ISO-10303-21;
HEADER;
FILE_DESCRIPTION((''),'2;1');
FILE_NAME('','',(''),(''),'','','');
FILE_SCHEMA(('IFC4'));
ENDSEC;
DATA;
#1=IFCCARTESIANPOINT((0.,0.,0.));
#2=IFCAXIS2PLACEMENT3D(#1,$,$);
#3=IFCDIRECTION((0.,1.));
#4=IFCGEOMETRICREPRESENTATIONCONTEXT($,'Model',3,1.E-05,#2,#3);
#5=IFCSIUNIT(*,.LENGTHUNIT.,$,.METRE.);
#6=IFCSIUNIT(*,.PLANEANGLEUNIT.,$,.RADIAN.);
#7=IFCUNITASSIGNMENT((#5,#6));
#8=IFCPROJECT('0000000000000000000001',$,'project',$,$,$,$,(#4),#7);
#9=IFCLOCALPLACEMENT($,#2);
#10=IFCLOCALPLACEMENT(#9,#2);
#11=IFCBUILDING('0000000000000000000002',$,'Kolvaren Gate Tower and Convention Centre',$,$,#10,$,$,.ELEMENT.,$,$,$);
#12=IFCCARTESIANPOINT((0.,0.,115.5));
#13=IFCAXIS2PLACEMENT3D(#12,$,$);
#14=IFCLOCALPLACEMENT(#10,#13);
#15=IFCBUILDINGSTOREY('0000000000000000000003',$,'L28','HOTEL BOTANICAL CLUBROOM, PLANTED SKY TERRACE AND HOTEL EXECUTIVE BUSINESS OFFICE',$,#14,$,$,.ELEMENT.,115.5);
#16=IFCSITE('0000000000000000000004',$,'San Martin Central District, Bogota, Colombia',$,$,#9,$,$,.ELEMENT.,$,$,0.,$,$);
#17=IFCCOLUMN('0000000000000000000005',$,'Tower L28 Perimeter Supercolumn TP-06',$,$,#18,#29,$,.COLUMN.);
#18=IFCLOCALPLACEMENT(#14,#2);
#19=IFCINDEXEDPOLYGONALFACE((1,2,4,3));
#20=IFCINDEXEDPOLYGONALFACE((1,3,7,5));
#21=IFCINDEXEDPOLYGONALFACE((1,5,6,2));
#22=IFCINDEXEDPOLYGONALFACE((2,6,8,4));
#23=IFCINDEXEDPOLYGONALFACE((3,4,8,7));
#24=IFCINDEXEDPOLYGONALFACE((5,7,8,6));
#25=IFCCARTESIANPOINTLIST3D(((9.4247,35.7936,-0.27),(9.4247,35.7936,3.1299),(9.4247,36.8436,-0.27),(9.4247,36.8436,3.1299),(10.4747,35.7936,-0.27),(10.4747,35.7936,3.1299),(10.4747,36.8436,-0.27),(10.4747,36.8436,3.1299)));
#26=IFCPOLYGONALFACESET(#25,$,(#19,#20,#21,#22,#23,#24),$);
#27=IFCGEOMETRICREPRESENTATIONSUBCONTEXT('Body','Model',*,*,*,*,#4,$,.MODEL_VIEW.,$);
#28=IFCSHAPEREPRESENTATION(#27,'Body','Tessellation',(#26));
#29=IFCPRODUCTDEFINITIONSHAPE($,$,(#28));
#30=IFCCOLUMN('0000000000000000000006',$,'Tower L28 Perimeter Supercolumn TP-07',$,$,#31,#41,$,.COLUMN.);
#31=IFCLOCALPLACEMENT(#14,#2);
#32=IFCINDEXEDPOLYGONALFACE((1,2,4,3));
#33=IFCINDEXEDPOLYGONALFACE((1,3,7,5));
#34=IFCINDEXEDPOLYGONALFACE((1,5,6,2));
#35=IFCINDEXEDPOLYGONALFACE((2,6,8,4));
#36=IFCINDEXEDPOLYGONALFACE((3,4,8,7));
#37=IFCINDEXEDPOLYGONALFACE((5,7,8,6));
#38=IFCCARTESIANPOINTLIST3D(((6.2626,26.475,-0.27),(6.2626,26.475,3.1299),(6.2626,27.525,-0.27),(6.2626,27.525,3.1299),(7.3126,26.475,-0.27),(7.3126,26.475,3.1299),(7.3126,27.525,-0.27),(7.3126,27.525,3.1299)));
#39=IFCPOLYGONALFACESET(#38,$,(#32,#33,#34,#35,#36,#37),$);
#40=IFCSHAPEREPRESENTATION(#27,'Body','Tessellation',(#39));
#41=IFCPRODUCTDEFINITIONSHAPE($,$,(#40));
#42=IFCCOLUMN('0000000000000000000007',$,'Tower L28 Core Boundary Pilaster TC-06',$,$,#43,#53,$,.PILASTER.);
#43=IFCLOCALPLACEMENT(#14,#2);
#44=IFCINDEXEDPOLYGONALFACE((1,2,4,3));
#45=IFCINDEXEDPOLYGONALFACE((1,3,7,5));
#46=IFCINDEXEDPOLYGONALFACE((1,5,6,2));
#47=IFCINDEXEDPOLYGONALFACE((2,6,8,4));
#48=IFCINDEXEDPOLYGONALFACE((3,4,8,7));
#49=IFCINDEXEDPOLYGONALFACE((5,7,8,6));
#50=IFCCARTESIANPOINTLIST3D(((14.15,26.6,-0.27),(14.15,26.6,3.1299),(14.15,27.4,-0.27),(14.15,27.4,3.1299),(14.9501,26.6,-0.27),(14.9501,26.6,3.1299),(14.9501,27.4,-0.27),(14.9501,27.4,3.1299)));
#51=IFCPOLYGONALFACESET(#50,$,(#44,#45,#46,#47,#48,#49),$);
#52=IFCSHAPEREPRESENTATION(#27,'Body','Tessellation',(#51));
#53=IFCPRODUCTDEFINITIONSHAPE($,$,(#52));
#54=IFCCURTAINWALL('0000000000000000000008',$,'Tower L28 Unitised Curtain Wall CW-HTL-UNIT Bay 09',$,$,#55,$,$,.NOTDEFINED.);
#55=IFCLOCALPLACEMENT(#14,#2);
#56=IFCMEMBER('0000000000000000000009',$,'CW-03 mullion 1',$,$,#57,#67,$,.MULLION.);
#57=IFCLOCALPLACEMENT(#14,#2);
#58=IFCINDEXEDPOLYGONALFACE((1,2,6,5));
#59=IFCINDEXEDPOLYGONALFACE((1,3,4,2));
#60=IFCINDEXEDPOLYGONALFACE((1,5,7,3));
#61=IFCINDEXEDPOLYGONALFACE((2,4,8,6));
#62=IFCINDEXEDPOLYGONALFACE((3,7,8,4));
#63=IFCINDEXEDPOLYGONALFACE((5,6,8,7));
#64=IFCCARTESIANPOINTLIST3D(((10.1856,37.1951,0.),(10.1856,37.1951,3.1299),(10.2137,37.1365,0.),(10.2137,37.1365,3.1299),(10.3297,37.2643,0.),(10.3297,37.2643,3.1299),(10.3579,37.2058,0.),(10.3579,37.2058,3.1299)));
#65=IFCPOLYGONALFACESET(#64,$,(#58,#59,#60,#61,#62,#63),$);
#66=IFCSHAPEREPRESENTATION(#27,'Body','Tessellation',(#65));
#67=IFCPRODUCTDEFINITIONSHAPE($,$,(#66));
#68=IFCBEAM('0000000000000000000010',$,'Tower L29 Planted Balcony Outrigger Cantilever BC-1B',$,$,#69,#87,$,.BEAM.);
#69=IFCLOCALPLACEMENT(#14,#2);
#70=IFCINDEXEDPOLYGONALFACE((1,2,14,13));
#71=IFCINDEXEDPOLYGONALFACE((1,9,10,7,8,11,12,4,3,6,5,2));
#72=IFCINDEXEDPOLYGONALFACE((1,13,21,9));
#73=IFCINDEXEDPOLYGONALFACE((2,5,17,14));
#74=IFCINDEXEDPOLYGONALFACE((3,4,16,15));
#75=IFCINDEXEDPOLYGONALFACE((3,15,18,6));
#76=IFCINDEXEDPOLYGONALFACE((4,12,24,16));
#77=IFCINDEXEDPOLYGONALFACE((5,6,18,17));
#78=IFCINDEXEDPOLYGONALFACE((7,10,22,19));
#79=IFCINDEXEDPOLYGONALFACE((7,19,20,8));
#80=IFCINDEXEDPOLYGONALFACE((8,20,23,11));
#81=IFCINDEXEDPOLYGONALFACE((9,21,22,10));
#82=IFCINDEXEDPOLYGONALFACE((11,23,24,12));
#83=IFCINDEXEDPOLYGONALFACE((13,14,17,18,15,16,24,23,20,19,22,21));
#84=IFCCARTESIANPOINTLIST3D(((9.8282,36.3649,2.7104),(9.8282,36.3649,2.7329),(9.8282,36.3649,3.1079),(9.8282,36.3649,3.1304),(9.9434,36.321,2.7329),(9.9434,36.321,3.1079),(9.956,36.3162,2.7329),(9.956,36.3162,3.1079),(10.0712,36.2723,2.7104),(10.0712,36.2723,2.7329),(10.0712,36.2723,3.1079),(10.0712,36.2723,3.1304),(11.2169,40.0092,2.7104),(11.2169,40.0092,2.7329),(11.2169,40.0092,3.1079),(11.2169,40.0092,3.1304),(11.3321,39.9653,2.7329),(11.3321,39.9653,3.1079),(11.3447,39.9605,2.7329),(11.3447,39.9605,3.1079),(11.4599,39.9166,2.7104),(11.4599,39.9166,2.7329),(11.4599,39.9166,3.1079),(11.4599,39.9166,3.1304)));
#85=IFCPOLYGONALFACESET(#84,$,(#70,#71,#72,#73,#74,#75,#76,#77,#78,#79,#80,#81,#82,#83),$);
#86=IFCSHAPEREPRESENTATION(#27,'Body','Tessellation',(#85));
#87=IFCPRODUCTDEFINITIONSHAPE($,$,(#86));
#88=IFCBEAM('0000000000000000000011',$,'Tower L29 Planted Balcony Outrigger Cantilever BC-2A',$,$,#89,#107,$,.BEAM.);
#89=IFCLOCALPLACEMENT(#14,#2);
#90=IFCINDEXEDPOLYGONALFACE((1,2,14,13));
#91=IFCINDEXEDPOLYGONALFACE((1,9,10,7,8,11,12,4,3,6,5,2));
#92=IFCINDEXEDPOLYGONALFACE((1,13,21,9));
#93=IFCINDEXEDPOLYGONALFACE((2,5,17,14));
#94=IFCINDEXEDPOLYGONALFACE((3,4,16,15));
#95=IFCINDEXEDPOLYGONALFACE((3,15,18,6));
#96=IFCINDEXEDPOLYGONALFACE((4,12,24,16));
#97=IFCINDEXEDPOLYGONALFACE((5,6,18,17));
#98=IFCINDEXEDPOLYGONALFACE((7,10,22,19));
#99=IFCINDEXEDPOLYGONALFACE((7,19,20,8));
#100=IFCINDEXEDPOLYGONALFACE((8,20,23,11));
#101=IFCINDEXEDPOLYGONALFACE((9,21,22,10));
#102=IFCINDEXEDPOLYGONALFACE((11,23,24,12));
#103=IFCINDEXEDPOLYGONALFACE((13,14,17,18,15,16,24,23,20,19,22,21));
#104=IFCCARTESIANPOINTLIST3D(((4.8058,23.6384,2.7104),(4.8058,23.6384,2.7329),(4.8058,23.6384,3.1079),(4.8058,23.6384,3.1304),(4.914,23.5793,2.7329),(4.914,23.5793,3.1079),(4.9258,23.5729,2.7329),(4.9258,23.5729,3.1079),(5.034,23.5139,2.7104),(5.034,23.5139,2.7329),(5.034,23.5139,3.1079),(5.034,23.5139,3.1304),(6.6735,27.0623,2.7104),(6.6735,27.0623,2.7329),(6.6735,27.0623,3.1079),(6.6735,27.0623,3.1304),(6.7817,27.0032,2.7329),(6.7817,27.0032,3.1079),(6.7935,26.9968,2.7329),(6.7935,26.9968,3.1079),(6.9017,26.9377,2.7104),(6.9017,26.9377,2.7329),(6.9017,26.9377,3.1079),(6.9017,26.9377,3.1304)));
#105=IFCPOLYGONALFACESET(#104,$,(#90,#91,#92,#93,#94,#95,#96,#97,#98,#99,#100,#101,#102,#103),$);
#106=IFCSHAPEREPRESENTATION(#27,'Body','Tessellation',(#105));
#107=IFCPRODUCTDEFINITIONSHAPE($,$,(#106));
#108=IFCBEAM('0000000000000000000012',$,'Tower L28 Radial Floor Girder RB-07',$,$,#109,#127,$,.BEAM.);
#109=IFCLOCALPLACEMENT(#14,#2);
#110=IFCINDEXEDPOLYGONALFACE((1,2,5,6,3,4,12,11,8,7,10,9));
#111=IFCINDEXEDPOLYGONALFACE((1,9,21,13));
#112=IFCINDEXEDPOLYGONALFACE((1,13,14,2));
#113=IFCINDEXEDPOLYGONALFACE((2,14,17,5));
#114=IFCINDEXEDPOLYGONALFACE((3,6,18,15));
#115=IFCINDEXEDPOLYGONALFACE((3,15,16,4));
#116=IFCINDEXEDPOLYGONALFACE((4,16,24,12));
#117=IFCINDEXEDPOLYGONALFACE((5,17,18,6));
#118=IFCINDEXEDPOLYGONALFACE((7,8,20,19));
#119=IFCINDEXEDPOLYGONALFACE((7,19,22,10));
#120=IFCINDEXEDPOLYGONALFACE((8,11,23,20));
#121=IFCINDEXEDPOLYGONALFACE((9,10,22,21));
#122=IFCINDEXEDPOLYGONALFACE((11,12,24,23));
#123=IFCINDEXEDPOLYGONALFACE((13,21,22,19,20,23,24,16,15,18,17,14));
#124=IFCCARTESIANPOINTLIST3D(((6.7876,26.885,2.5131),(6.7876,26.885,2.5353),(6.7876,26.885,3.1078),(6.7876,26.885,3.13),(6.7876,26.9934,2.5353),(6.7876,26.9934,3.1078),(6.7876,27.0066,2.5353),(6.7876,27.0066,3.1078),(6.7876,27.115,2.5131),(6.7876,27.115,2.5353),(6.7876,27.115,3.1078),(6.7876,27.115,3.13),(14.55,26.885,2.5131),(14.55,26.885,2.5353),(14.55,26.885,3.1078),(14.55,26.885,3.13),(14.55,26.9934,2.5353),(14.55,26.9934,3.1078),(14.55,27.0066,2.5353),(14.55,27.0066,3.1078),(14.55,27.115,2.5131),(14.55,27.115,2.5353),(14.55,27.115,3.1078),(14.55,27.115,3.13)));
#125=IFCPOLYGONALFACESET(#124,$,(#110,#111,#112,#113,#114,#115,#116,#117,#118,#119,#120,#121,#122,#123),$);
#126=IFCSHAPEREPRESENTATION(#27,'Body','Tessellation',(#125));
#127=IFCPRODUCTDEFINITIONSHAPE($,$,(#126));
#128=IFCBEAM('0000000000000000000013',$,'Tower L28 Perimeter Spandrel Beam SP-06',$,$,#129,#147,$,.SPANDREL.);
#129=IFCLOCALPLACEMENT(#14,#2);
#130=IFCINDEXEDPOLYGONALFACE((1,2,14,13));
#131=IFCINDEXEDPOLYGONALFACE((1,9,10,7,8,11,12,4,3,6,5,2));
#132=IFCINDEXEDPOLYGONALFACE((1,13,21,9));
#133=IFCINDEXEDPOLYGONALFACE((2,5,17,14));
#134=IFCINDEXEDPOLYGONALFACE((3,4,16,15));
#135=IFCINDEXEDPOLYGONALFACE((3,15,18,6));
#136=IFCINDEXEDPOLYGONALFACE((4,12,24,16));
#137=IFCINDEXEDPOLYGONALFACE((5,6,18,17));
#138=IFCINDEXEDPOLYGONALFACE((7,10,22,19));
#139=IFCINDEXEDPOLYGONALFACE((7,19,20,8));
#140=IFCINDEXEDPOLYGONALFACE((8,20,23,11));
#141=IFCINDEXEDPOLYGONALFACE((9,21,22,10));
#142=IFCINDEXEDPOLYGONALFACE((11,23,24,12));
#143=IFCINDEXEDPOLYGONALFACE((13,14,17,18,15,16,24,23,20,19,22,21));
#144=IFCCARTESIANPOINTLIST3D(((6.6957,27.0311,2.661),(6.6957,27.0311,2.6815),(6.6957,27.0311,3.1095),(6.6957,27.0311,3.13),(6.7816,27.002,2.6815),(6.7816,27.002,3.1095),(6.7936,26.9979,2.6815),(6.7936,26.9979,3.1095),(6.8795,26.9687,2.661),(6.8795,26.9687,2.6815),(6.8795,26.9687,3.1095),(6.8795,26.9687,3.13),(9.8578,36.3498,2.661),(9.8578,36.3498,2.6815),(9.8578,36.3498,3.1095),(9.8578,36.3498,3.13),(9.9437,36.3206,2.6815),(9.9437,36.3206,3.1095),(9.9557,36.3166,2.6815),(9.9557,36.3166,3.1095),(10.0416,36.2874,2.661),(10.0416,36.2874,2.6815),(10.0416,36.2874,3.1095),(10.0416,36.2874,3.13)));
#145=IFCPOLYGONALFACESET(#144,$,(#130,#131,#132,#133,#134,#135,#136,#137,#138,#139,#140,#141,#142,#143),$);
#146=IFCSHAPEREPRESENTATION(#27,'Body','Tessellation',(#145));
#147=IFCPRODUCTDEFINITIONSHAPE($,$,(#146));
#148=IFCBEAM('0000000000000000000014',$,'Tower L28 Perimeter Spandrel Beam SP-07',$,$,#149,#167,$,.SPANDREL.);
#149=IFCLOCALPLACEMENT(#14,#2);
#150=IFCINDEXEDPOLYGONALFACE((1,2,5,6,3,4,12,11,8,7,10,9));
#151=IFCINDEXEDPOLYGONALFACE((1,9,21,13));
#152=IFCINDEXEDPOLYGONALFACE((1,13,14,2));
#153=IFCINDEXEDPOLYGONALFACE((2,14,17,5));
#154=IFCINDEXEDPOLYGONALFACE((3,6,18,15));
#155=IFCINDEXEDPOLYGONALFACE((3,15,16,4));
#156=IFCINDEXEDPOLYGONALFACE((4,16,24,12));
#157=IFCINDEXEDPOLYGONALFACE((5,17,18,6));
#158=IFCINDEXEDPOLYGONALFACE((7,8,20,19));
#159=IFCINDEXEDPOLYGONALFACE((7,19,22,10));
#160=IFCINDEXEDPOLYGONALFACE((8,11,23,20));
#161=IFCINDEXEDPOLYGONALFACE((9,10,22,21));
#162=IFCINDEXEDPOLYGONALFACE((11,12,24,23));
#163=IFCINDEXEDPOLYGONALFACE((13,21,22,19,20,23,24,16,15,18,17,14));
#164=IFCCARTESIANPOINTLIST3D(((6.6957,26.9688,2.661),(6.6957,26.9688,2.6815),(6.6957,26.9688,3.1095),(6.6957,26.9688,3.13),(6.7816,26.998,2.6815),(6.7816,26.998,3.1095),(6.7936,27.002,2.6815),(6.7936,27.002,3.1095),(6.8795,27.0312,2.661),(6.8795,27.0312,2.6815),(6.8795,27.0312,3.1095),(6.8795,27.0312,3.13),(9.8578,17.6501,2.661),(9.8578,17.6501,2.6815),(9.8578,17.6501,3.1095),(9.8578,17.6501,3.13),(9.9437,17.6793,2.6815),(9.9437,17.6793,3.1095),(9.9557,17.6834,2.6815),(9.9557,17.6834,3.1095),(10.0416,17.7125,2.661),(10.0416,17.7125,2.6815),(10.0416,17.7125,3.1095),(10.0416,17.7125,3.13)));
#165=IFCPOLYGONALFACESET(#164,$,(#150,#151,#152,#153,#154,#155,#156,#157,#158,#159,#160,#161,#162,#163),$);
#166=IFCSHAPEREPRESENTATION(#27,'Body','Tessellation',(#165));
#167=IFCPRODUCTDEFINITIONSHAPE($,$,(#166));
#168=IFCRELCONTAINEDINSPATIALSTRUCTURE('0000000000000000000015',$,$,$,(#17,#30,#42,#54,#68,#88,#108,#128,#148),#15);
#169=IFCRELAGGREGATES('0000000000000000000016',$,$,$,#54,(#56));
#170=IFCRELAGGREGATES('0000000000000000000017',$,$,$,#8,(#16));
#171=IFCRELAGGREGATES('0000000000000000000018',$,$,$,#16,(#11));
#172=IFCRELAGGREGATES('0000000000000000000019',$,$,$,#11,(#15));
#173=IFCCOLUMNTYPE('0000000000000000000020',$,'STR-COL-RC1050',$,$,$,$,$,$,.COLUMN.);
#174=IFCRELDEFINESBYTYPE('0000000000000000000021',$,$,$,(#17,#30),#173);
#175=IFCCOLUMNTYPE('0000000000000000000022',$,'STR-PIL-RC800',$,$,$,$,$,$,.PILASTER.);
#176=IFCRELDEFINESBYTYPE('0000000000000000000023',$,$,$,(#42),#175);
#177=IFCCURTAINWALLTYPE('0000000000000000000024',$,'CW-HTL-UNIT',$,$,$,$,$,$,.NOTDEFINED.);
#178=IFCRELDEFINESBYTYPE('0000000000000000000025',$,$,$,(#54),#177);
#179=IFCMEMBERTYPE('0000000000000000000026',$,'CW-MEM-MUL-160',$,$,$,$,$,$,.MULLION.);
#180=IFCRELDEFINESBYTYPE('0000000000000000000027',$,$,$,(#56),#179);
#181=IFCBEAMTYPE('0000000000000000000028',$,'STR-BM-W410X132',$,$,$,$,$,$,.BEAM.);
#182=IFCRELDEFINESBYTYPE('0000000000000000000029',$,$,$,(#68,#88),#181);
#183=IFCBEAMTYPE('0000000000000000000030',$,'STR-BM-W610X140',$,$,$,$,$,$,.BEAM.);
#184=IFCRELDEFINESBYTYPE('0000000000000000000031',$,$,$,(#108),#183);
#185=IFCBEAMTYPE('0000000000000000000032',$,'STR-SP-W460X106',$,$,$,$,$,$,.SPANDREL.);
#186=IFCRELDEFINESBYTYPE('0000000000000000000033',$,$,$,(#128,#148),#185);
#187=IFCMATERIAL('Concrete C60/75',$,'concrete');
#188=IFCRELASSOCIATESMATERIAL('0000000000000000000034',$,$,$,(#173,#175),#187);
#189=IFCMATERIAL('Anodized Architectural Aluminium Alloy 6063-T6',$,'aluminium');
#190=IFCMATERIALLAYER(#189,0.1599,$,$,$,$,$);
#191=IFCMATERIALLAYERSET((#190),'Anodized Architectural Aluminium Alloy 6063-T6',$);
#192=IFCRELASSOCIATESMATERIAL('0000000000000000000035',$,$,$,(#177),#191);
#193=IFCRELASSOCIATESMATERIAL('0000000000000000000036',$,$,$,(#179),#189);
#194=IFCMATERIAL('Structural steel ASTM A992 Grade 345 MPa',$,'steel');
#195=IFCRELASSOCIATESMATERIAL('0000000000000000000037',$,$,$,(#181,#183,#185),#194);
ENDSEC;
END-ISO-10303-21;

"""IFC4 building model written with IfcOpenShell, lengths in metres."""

from ifc_helpers import new_model, si_unit, direction, frame, origin, origin_2d, place, context, subcontext, project, spatial, rectangle, i_section, extrude, material, layer, layer_set, material_profile, profile_set, type_object, element, aggregate, save


model = new_model("IFC4")

# Units and contexts
model_context = context("Model", 3, precision=1e-05, world=origin(), true_north=direction((0.0, 1.0)))
body_context = subcontext(model_context, "Body", "Model", "MODEL_VIEW")
ifc_project = project(units=[si_unit("LENGTHUNIT", "METRE"), si_unit("PLANEANGLEUNIT", "RADIAN")], contexts=[model_context])

# Site, building, storey
site_placement = place(None, origin())
site = spatial("IfcSite", under=ifc_project, at=site_placement, Name="San Martin Central District, Bogota, Colombia", CompositionType="ELEMENT", RefElevation=0.0)
building_placement = place(site_placement, origin())
building = spatial("IfcBuilding", under=site, at=building_placement, Name="Kolvaren Gate Tower and Convention Centre", CompositionType="ELEMENT")
storey_placement = place(building_placement, frame((0.0, 0.0, 115.5)))
storey = spatial("IfcBuildingStorey", under=building, at=storey_placement, Name="L28", Description="HOTEL BOTANICAL CLUBROOM, PLANTED SKY TERRACE AND HOTEL EXECUTIVE BUSINESS OFFICE", CompositionType="ELEMENT", Elevation=115.5)

# Columns
ifc_material_1 = material(Name="Concrete C60/75", Category="concrete")
ifc_material_profile_1 = material_profile(ifc_material_1, rectangle(XDim=1.05, YDim=1.05, at=origin_2d()), Name="RC-COL-1050X1050")
ifc_profile_set_1 = profile_set([ifc_material_profile_1], Name="Concrete C60/75")
column_type_1 = type_object("IfcColumnType", Name="STR-COL-RC1050", PredefinedType="COLUMN", material=ifc_profile_set_1)
for number, where, z_axis, x_axis, name in (
    (1, (9.9497, 36.3186, -0.27), (0.0, 0.0, 1.0), (1.0, 0.0, 0.0), "Tower L28 Perimeter Supercolumn TP-06"),
    (2, (6.7876, 27.0, -0.27), (0.0, 0.0, 1.0), (1.0, 0.0, 0.0), "Tower L28 Perimeter Supercolumn TP-07"),
):
    element("IfcColumn", number, at=place(storey_placement, frame(where, z_axis=z_axis, x_axis=x_axis)), inside=storey, type_object=column_type_1, Name=name, PredefinedType="COLUMN", context=body_context, shape_type="SweptSolid", body=[
        extrude(rectangle(XDim=1.05, YDim=1.05, at=origin_2d()), origin(), (0.0, 0.0, 1.0), 3.3999),
    ])
ifc_material_profile_2 = material_profile(ifc_material_1, rectangle(XDim=0.8, YDim=0.8, at=origin_2d()), Name="RC-COL-800X800")
ifc_profile_set_2 = profile_set([ifc_material_profile_2], Name="Concrete C60/75")
column_type_2 = type_object("IfcColumnType", Name="STR-PIL-RC800", PredefinedType="PILASTER", material=ifc_profile_set_2)
column_placement = place(storey_placement, frame((14.55, 27.0, -0.27), z_axis=(0.0, 0.0, 1.0), x_axis=(1.0, 0.0, 0.0)))
element("IfcColumn", 3, at=column_placement, inside=storey, type_object=column_type_2, Name="Tower L28 Core Boundary Pilaster TC-06", PredefinedType="PILASTER", context=body_context, shape_type="SweptSolid", body=[
    extrude(rectangle(XDim=0.8, YDim=0.8, at=origin_2d()), origin(), (0.0, 0.0, 1.0), 3.3999),
])

# Curtain wall, member
ifc_material_2 = material(Name="Anodized Architectural Aluminium Alloy 6063-T6", Category="aluminium")
ifc_layer_1 = layer(ifc_material_2, 0.1599)
ifc_layer_set_1 = layer_set([ifc_layer_1], Name="Anodized Architectural Aluminium Alloy 6063-T6")
curtain_wall_type = type_object("IfcCurtainWallType", Name="CW-HTL-UNIT", PredefinedType="NOTDEFINED", material=ifc_layer_set_1)
curtain_wall_placement = place(storey_placement, origin())
curtain_wall = element("IfcCurtainWall", 4, at=curtain_wall_placement, inside=storey, type_object=curtain_wall_type, Name="Tower L28 Unitised Curtain Wall CW-HTL-UNIT Bay 09", PredefinedType="NOTDEFINED")
ifc_material_profile_3 = material_profile(ifc_material_2, rectangle(XDim=0.0649, YDim=0.1599, at=origin_2d()), Name="CW-MEM-MUL-160")
ifc_profile_set_3 = profile_set([ifc_material_profile_3], Name="Anodized Architectural Aluminium Alloy 6063-T6")
member_type = type_object("IfcMemberType", Name="CW-MEM-MUL-160", PredefinedType="MULLION", material=ifc_profile_set_3)
member_placement = place(storey_placement, frame((10.2717, 37.2004, 0.0), z_axis=(0.0, 0.0, 1.0), x_axis=(-0.433073, 0.901359, 0.0)))
member = element("IfcMember", 5, at=member_placement, type_object=member_type, Name="CW-03 mullion 1", PredefinedType="MULLION", context=body_context, shape_type="SweptSolid", body=[
    extrude(rectangle(XDim=0.0649, YDim=0.1599, at=origin_2d()), origin(), (0.0, 0.0, 1.0), 3.1299),
])
aggregate(curtain_wall, [member])

# Beams
ifc_material_3 = material(Name="Structural steel ASTM A992 Grade 345 MPa", Category="steel")
ifc_material_profile_4 = material_profile(ifc_material_3, i_section(OverallWidth=0.26, OverallDepth=0.4199, WebThickness=0.0134, FlangeThickness=0.0225, at=origin_2d()), Name="W410X132")
ifc_profile_set_4 = profile_set([ifc_material_profile_4], Name="Structural steel ASTM A992 Grade 345 MPa")
beam_type_1 = type_object("IfcBeamType", Name="STR-BM-W410X132", PredefinedType="BEAM", material=ifc_profile_set_4)
beam_1_placement = place(storey_placement, frame((9.9497, 36.3186, 2.9204), z_axis=(0.356079, 0.934456, 0.0), x_axis=(-0.934456, 0.356079, 0.0)))
element("IfcBeam", 6, at=beam_1_placement, inside=storey, type_object=beam_type_1, Name="Tower L29 Planted Balcony Outrigger Cantilever BC-1B", PredefinedType="BEAM", context=body_context, shape_type="SweptSolid", body=[
    extrude(i_section(OverallWidth=0.26, OverallDepth=0.4199, WebThickness=0.0134, FlangeThickness=0.0225, at=origin_2d()), origin(), (0.0, 0.0, 1.0), 3.8999),
])
beam_2_placement = place(storey_placement, frame((6.7876, 27.0, 2.9204), z_axis=(-0.478878, -0.877881, 0.0), x_axis=(0.877881, -0.478878, 0.0)))
element("IfcBeam", 7, at=beam_2_placement, inside=storey, type_object=beam_type_1, Name="Tower L29 Planted Balcony Outrigger Cantilever BC-2A", PredefinedType="BEAM", context=body_context, shape_type="SweptSolid", body=[
    extrude(i_section(OverallWidth=0.26, OverallDepth=0.4199, WebThickness=0.0134, FlangeThickness=0.0225, at=origin_2d()), origin(), (0.0, 0.0, 1.0), 3.9001),
])
ifc_material_profile_5 = material_profile(ifc_material_3, i_section(OverallWidth=0.23, OverallDepth=0.6169, WebThickness=0.0132, FlangeThickness=0.0222, at=origin_2d()), Name="W610X140")
ifc_profile_set_5 = profile_set([ifc_material_profile_5], Name="Structural steel ASTM A992 Grade 345 MPa")
beam_type_2 = type_object("IfcBeamType", Name="STR-BM-W610X140", PredefinedType="BEAM", material=ifc_profile_set_5)
beam_3_placement = place(storey_placement, frame((14.55, 27.0, 2.8215), z_axis=(-1.0, 0.0, 0.0), x_axis=(0.0, -1.0, 0.0)))
element("IfcBeam", 8, at=beam_3_placement, inside=storey, type_object=beam_type_2, Name="Tower L28 Radial Floor Girder RB-07", PredefinedType="BEAM", context=body_context, shape_type="SweptSolid", body=[
    extrude(i_section(OverallWidth=0.23, OverallDepth=0.6169, WebThickness=0.0132, FlangeThickness=0.0222, at=origin_2d()), origin(), (0.0, 0.0, 1.0), 7.7625),
])
ifc_material_profile_6 = material_profile(ifc_material_3, i_section(OverallWidth=0.1941, OverallDepth=0.469, WebThickness=0.0127, FlangeThickness=0.0205, at=origin_2d()), Name="W460X106")
ifc_profile_set_6 = profile_set([ifc_material_profile_6], Name="Structural steel ASTM A992 Grade 345 MPa")
beam_type_3 = type_object("IfcBeamType", Name="STR-SP-W460X106", PredefinedType="SPANDREL", material=ifc_profile_set_6)
for number, where, z_axis, x_axis, name in (
    (9, (9.9497, 36.3186, 2.8955), (-0.321336, -0.946965, 0.0), (0.946965, -0.321336, 0.0), "Tower L28 Perimeter Spandrel Beam SP-06"),
    (10, (6.7876, 27.0, 2.8955), (0.321336, -0.946965, 0.0), (0.946965, 0.321336, 0.0), "Tower L28 Perimeter Spandrel Beam SP-07"),
):
    element("IfcBeam", number, at=place(storey_placement, frame(where, z_axis=z_axis, x_axis=x_axis)), inside=storey, type_object=beam_type_3, Name=name, PredefinedType="SPANDREL", context=body_context, shape_type="SweptSolid", body=[
        extrude(i_section(OverallWidth=0.1941, OverallDepth=0.469, WebThickness=0.0127, FlangeThickness=0.0205, at=origin_2d()), origin(), (0.0, 0.0, 1.0), 9.8406),
    ])

save(model, "model.ifc")
